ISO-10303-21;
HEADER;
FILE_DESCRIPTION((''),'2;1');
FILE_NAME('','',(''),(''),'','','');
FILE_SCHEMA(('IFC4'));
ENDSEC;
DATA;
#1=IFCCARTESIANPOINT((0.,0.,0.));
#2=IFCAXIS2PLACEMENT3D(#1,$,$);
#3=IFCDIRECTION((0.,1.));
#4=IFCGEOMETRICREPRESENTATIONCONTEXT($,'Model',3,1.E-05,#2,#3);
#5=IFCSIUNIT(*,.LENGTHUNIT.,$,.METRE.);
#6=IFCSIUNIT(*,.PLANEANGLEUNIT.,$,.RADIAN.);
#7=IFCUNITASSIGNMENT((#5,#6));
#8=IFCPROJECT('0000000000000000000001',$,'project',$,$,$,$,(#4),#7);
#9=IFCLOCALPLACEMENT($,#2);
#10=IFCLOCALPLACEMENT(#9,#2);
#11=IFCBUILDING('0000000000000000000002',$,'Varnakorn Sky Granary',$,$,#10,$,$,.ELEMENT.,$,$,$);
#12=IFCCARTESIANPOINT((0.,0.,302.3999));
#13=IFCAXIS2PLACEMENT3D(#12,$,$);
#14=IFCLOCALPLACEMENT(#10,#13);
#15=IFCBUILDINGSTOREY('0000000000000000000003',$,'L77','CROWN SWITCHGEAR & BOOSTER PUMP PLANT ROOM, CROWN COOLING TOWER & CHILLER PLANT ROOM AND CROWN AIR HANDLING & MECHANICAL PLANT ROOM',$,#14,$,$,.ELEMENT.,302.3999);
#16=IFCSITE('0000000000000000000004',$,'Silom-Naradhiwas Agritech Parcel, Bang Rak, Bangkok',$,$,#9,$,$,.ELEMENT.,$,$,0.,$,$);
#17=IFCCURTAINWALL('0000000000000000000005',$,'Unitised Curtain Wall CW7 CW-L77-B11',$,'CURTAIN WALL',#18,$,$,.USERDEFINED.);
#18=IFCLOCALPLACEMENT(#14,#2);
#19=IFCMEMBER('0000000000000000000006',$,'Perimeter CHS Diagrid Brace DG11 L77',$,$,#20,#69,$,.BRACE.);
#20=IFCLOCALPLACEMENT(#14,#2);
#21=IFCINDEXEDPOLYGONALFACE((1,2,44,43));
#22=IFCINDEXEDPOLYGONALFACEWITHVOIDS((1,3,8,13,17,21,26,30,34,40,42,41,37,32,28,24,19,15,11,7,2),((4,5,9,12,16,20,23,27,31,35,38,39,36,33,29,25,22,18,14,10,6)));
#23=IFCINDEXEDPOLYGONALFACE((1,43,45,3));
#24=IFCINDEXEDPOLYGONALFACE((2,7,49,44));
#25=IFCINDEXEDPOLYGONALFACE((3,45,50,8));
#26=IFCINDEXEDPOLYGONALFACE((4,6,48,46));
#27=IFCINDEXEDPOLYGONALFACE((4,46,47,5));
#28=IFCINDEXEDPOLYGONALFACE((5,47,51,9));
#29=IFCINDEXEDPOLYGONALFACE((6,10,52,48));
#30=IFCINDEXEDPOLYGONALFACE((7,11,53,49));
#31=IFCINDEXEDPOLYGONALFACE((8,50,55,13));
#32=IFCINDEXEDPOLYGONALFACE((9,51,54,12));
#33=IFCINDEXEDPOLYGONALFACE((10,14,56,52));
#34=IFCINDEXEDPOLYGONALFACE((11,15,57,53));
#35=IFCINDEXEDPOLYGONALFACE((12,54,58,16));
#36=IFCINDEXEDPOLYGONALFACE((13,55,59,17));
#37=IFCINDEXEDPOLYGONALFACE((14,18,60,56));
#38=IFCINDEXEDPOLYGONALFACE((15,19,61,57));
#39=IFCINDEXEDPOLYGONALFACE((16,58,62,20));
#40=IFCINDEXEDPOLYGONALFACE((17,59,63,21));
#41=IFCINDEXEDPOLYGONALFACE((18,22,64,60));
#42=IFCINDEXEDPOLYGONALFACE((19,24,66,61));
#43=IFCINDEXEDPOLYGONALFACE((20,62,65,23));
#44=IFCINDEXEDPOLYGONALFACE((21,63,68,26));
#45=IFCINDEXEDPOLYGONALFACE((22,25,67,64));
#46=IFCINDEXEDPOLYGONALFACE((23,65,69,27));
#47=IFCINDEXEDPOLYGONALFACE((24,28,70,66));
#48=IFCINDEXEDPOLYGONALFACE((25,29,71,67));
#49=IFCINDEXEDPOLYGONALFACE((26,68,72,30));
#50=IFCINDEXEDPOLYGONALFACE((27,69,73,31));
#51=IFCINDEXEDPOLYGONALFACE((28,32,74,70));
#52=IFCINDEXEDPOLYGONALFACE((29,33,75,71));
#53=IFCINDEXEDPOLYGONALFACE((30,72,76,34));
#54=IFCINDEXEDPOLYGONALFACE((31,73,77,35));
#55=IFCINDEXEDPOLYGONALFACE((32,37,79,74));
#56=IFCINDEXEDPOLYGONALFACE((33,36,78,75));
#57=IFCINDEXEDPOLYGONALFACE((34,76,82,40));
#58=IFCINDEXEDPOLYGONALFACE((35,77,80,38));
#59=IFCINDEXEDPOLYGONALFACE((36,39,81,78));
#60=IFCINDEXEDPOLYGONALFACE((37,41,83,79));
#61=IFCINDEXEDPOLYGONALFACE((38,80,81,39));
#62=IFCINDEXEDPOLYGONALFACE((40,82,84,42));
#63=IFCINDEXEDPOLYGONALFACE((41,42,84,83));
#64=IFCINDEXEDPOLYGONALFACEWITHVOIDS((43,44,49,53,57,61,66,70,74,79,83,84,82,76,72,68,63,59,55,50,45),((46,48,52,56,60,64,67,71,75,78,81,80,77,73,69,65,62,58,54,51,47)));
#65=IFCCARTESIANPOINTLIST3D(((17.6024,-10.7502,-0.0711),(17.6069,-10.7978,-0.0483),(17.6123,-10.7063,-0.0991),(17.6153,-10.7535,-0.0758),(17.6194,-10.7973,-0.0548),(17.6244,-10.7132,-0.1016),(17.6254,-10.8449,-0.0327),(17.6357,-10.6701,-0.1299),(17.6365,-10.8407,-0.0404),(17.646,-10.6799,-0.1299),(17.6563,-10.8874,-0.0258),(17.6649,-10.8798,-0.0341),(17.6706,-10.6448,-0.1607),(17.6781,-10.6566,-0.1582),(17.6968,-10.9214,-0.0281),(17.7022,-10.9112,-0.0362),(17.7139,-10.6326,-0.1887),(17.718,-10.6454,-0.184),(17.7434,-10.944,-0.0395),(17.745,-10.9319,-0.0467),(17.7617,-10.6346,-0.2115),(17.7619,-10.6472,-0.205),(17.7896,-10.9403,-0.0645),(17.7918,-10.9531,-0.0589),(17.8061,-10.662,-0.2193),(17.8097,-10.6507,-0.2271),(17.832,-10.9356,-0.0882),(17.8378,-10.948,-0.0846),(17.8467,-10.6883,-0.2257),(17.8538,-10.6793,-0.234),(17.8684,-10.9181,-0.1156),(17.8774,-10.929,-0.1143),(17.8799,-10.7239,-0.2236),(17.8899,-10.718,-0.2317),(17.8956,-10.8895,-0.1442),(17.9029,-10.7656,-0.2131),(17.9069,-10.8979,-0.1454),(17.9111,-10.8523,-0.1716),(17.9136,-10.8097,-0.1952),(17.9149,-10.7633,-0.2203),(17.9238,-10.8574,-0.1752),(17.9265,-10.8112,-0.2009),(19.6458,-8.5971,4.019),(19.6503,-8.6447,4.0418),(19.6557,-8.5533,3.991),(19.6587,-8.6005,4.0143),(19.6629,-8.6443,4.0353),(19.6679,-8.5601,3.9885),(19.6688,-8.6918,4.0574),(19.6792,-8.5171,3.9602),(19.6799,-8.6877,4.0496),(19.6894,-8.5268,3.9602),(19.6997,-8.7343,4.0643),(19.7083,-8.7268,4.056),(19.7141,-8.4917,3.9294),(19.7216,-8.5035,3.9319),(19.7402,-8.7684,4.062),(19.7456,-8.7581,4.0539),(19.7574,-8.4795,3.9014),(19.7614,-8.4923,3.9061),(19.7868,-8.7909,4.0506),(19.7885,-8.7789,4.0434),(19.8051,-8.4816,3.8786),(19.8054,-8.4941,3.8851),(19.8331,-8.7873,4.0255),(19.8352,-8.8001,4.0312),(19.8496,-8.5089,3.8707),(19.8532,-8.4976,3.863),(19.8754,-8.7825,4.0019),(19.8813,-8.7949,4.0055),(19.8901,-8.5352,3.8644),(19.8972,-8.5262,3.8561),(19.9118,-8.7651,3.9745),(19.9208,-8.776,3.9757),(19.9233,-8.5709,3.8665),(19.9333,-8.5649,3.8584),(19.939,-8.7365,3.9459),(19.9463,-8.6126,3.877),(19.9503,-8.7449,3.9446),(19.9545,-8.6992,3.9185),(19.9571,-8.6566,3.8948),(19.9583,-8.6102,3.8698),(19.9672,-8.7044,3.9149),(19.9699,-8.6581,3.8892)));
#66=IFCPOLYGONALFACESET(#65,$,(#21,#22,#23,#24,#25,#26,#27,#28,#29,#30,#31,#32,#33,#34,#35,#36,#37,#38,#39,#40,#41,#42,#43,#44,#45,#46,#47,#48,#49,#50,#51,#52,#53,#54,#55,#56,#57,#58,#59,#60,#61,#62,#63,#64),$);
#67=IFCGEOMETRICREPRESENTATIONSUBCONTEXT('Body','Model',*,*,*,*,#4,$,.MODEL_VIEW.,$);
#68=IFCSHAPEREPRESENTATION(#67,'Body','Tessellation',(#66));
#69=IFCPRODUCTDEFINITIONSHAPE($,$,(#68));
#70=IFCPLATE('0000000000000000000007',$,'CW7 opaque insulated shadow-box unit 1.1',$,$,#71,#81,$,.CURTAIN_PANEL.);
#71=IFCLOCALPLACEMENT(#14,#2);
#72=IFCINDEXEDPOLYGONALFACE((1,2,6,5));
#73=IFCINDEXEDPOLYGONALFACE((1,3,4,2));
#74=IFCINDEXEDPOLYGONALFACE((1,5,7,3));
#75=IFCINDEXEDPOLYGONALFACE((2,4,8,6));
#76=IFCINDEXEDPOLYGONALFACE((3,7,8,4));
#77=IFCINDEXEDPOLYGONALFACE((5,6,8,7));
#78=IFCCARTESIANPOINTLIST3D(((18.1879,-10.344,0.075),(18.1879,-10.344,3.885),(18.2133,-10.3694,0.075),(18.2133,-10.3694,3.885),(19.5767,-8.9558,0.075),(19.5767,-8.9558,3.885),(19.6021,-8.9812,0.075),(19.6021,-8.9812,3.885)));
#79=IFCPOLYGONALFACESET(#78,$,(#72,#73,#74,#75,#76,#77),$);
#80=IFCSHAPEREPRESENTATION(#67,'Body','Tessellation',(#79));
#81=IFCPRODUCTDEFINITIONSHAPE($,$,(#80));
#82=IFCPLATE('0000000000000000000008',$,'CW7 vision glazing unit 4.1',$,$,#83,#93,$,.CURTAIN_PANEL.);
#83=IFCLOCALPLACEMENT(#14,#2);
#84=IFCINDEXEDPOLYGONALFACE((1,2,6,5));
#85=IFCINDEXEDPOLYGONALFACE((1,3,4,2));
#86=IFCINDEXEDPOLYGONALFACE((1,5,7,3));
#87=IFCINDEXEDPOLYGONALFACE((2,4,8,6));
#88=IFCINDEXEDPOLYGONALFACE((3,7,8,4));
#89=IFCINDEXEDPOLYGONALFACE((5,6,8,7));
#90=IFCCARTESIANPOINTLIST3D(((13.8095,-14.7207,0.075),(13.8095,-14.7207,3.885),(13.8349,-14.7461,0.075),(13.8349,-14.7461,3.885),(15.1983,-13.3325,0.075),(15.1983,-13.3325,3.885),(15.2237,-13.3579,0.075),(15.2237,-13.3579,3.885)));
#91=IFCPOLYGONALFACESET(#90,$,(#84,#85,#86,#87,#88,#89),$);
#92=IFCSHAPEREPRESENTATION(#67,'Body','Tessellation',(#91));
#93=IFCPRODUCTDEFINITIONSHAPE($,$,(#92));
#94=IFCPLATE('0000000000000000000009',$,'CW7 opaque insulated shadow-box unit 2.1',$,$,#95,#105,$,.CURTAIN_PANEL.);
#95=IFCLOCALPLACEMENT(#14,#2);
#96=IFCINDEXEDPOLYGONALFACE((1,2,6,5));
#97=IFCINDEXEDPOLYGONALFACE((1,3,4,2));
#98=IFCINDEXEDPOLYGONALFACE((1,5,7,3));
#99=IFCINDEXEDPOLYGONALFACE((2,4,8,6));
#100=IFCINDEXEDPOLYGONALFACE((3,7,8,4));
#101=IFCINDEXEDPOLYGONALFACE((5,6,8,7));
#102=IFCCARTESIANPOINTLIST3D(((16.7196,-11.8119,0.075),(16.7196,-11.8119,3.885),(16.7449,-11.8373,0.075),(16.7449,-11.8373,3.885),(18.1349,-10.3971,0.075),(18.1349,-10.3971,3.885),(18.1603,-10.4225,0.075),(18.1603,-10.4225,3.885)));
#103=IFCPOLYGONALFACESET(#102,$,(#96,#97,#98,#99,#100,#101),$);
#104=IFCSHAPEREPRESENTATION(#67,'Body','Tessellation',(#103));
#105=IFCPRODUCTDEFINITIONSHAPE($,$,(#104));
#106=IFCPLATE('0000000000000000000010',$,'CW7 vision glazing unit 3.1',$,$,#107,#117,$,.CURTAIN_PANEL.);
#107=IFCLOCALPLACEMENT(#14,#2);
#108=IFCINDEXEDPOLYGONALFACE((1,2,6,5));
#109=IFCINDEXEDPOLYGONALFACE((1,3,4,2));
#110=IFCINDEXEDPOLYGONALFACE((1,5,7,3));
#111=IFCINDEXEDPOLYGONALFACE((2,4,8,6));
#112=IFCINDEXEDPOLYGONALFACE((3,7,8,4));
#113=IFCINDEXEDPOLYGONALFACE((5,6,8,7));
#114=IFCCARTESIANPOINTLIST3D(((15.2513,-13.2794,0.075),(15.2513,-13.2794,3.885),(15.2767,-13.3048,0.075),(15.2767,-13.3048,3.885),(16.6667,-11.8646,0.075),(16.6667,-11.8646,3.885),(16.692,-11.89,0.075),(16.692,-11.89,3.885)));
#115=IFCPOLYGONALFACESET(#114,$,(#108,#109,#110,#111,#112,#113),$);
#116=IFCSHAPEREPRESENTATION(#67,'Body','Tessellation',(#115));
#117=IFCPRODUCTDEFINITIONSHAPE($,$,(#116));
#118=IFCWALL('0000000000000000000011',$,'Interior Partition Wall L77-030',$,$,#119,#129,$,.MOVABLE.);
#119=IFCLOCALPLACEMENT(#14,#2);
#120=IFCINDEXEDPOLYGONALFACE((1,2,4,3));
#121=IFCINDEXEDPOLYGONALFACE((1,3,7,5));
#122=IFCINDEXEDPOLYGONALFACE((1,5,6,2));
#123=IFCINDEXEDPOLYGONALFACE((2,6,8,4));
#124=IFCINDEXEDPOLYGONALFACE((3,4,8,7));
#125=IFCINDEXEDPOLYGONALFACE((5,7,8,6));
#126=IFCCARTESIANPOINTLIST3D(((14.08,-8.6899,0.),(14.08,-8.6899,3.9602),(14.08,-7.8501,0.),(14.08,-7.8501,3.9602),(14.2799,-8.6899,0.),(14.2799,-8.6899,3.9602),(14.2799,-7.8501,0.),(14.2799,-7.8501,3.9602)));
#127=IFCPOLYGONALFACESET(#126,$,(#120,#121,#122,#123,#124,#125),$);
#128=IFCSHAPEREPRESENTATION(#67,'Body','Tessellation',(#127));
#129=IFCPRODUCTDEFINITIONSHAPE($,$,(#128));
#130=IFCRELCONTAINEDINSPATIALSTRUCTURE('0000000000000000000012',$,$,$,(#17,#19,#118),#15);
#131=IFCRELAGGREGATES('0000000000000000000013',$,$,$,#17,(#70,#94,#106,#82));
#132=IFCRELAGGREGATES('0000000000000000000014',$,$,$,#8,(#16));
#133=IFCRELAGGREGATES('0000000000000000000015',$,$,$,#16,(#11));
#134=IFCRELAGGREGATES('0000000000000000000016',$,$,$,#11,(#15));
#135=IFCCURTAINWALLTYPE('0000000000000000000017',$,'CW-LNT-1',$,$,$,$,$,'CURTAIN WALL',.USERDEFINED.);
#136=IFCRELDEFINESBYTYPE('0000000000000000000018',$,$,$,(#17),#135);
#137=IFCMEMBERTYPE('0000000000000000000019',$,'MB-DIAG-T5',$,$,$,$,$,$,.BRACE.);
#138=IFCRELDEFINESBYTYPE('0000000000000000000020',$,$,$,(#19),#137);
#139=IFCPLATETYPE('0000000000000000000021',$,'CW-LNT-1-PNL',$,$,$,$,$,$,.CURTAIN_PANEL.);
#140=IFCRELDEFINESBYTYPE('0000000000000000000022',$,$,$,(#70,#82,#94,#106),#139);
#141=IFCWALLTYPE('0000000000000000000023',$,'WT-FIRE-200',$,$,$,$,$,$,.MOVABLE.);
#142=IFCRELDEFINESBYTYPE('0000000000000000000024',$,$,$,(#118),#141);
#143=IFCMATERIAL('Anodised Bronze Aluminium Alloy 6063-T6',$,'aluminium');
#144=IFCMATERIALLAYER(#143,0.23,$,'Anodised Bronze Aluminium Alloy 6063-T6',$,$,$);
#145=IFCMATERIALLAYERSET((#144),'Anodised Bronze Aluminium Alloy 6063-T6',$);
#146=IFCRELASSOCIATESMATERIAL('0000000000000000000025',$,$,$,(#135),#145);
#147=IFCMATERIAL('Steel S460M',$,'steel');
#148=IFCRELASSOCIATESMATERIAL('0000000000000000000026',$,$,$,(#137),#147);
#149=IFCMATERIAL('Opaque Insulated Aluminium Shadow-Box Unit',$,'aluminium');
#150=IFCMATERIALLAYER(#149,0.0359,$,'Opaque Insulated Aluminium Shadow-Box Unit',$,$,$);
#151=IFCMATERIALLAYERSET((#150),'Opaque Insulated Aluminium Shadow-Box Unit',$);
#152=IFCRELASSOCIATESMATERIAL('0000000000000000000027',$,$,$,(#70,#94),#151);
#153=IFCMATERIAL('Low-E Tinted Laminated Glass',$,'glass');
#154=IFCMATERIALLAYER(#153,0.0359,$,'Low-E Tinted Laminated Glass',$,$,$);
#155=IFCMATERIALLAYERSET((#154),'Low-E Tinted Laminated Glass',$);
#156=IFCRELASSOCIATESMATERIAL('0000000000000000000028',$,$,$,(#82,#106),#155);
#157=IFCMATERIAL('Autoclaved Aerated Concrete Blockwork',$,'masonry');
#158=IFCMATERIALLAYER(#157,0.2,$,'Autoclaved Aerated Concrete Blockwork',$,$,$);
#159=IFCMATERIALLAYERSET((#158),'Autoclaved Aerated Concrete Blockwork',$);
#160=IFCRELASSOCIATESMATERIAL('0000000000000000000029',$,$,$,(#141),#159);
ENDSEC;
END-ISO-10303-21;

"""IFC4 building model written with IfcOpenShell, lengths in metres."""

from ifc_helpers import new_model, si_unit, direction, frame, frame_2d, origin, origin_2d, place, context, subcontext, project, spatial, rectangle, hollow_circle, extrude, source, transform, mapped, material, layer, layer_set, material_profile, profile_set, type_object, type_shapes, element, aggregate, save


model = new_model("IFC4")

# Units and contexts
model_context = context("Model", 3, precision=1e-05, world=origin(), true_north=direction((0.0, 1.0)))
body_context = subcontext(model_context, "Body", "Model", "MODEL_VIEW")
ifc_project = project(units=[si_unit("LENGTHUNIT", "METRE"), si_unit("PLANEANGLEUNIT", "RADIAN")], contexts=[model_context])

# Site, building, storey
site_placement = place(None, origin())
site = spatial("IfcSite", under=ifc_project, at=site_placement, Name="Silom-Naradhiwas Agritech Parcel, Bang Rak, Bangkok", CompositionType="ELEMENT", RefElevation=0.0)
building_placement = place(site_placement, origin())
building = spatial("IfcBuilding", under=site, at=building_placement, Name="Varnakorn Sky Granary", CompositionType="ELEMENT")
storey_placement = place(building_placement, frame((0.0, 0.0, 302.3999)))
storey = spatial("IfcBuildingStorey", under=building, at=storey_placement, Name="L77", Description="CROWN SWITCHGEAR & BOOSTER PUMP PLANT ROOM, CROWN COOLING TOWER & CHILLER PLANT ROOM AND CROWN AIR HANDLING & MECHANICAL PLANT ROOM", CompositionType="ELEMENT", Elevation=302.3999)

# Shared definitions
ifc_material_1 = material(Name="Steel S460M", Category="steel")

# Curtain wall
ifc_material_2 = material(Name="Anodised Bronze Aluminium Alloy 6063-T6", Category="aluminium")
ifc_layer_1 = layer(ifc_material_2, 0.23, Name="Anodised Bronze Aluminium Alloy 6063-T6")
ifc_layer_set_1 = layer_set([ifc_layer_1], Name="Anodised Bronze Aluminium Alloy 6063-T6")
curtain_wall_type = type_object("IfcCurtainWallType", Name="CW-LNT-1", ElementType="CURTAIN WALL", PredefinedType="USERDEFINED", material=ifc_layer_set_1)
curtain_wall_placement = place(storey_placement, origin())
curtain_wall = element("IfcCurtainWall", 1, at=curtain_wall_placement, inside=storey, type_object=curtain_wall_type, Name="Unitised Curtain Wall CW7 CW-L77-B11", ObjectType="CURTAIN WALL", PredefinedType="USERDEFINED")

# Member
ifc_material_profile_1 = material_profile(ifc_material_1, hollow_circle(Radius=0.1777, WallThickness=0.0142, at=origin_2d()), Name="CHS 355.6x14")
ifc_profile_set_1 = profile_set([ifc_material_profile_1], Name="Steel S460M")
member_type_1 = type_object("IfcMemberType", Name="MB-DIAG-T5", PredefinedType="BRACE", material=ifc_profile_set_1)
member_1_placement = place(storey_placement, frame((17.7646, -10.7925, -0.1299), z_axis=(0.404346, 0.426036, 0.809319), x_axis=(-0.72533, 0.688401, 0.0)))
element("IfcMember", 2, at=member_1_placement, inside=storey, type_object=member_type_1, Name="Perimeter CHS Diagrid Brace DG11 L77", PredefinedType="BRACE", context=body_context, shape_type="SweptSolid", body=[
    extrude(hollow_circle(Radius=0.1777, WallThickness=0.0142, at=origin_2d()), origin(), (0.0, 0.0, 1.0), 5.0537),
])

# Plates
ifc_material_3 = material(Name="Opaque Insulated Aluminium Shadow-Box Unit", Category="aluminium")
ifc_layer_2 = layer(ifc_material_3, 0.0359, Name="Opaque Insulated Aluminium Shadow-Box Unit")
ifc_layer_set_2 = layer_set([ifc_layer_2], Name="Opaque Insulated Aluminium Shadow-Box Unit")
plate_type = type_object("IfcPlateType", Name="CW-LNT-1-PNL", PredefinedType="CURTAIN_PANEL")
shared_shape_1 = source(origin(), body_context, "Body", "SweptSolid", [
    extrude(rectangle(XDim=1.9636, YDim=0.0359, at=origin_2d()), origin(), (0.0, 0.0, 1.0), 3.8101),
])
plate_1_placement = place(storey_placement, frame((18.895, -9.6626, 0.075), z_axis=(0.0, 0.0, 1.0), x_axis=(-0.707251, -0.706962, 0.0)))
plate_1 = element("IfcPlate", 3, at=plate_1_placement, type_object=plate_type, material=ifc_layer_set_2, Name="CW7 opaque insulated shadow-box unit 1.1", PredefinedType="CURTAIN_PANEL", context=body_context, shape_type="MappedRepresentation", body=[
    mapped(shared_shape_1, transform((0.0, 0.0, 0.0), x_axis=(1.0, 0.0, 0.0), y_axis=(0.0, 1.0, 0.0), z_axis=(0.0, 0.0, 1.0), scale=1.0)),
])
ifc_material_4 = material(Name="Low-E Tinted Laminated Glass", Category="glass")
ifc_layer_3 = layer(ifc_material_4, 0.0359, Name="Low-E Tinted Laminated Glass")
ifc_layer_set_3 = layer_set([ifc_layer_3], Name="Low-E Tinted Laminated Glass")
plate_2_placement = place(storey_placement, frame((14.5166, -14.0393, 0.075), z_axis=(0.0, 0.0, 1.0), x_axis=(-0.707251, -0.706962, 0.0)))
plate_2 = element("IfcPlate", 4, at=plate_2_placement, type_object=plate_type, material=ifc_layer_set_3, Name="CW7 vision glazing unit 4.1", PredefinedType="CURTAIN_PANEL", context=body_context, shape_type="MappedRepresentation", body=[
    mapped(shared_shape_1, transform((0.0, 0.0, 0.0), x_axis=(1.0, 0.0, 0.0), y_axis=(0.0, 1.0, 0.0), z_axis=(0.0, 0.0, 1.0), scale=1.0)),
])
shared_shape_2 = source(origin(), body_context, "Body", "SweptSolid", [
    extrude(rectangle(XDim=2.0012, YDim=0.0359, at=origin_2d()), origin(), (0.0, 0.0, 1.0), 3.8101),
])
type_shapes(plate_type, [shared_shape_1, shared_shape_2])
plate_3_placement = place(storey_placement, frame((17.4399, -11.1172, 0.075), z_axis=(0.0, 0.0, 1.0), x_axis=(-0.707251, -0.706962, 0.0)))
plate_3 = element("IfcPlate", 5, at=plate_3_placement, type_object=plate_type, material=ifc_layer_set_2, Name="CW7 opaque insulated shadow-box unit 2.1", PredefinedType="CURTAIN_PANEL", context=body_context, shape_type="MappedRepresentation", body=[
    mapped(shared_shape_2, transform((0.0, 0.0, 0.0), x_axis=(1.0, 0.0, 0.0), y_axis=(0.0, 1.0, 0.0), z_axis=(0.0, 0.0, 1.0), scale=1.0)),
])
plate_4_placement = place(storey_placement, frame((15.9717, -12.5847, 0.075), z_axis=(0.0, 0.0, 1.0), x_axis=(-0.707251, -0.706962, 0.0)))
plate_4 = element("IfcPlate", 6, at=plate_4_placement, type_object=plate_type, material=ifc_layer_set_3, Name="CW7 vision glazing unit 3.1", PredefinedType="CURTAIN_PANEL", context=body_context, shape_type="MappedRepresentation", body=[
    mapped(shared_shape_2, transform((0.0, 0.0, 0.0), x_axis=(1.0, 0.0, 0.0), y_axis=(0.0, 1.0, 0.0), z_axis=(0.0, 0.0, 1.0), scale=1.0)),
])
aggregate(curtain_wall, [plate_1, plate_3, plate_4, plate_2])

# Wall
ifc_material_5 = material(Name="Autoclaved Aerated Concrete Blockwork", Category="masonry")
ifc_layer_4 = layer(ifc_material_5, 0.2, Name="Autoclaved Aerated Concrete Blockwork")
ifc_layer_set_4 = layer_set([ifc_layer_4], Name="Autoclaved Aerated Concrete Blockwork")
wall_type = type_object("IfcWallType", Name="WT-FIRE-200", PredefinedType="MOVABLE", material=ifc_layer_set_4)
wall_placement = place(storey_placement, frame((14.1799, -8.6899, 0.0), z_axis=(0.0, 0.0, 1.0), x_axis=(0.0, 1.0, 0.0)))
element("IfcWall", 7, at=wall_placement, inside=storey, type_object=wall_type, Name="Interior Partition Wall L77-030", PredefinedType="MOVABLE", context=body_context, shape_type="SweptSolid", body=[
    extrude(rectangle(XDim=0.8398, YDim=0.2, at=frame_2d((0.4199, 0.0))), origin(), (0.0, 0.0, 1.0), 3.9602),
])

save(model, "model.ifc")
